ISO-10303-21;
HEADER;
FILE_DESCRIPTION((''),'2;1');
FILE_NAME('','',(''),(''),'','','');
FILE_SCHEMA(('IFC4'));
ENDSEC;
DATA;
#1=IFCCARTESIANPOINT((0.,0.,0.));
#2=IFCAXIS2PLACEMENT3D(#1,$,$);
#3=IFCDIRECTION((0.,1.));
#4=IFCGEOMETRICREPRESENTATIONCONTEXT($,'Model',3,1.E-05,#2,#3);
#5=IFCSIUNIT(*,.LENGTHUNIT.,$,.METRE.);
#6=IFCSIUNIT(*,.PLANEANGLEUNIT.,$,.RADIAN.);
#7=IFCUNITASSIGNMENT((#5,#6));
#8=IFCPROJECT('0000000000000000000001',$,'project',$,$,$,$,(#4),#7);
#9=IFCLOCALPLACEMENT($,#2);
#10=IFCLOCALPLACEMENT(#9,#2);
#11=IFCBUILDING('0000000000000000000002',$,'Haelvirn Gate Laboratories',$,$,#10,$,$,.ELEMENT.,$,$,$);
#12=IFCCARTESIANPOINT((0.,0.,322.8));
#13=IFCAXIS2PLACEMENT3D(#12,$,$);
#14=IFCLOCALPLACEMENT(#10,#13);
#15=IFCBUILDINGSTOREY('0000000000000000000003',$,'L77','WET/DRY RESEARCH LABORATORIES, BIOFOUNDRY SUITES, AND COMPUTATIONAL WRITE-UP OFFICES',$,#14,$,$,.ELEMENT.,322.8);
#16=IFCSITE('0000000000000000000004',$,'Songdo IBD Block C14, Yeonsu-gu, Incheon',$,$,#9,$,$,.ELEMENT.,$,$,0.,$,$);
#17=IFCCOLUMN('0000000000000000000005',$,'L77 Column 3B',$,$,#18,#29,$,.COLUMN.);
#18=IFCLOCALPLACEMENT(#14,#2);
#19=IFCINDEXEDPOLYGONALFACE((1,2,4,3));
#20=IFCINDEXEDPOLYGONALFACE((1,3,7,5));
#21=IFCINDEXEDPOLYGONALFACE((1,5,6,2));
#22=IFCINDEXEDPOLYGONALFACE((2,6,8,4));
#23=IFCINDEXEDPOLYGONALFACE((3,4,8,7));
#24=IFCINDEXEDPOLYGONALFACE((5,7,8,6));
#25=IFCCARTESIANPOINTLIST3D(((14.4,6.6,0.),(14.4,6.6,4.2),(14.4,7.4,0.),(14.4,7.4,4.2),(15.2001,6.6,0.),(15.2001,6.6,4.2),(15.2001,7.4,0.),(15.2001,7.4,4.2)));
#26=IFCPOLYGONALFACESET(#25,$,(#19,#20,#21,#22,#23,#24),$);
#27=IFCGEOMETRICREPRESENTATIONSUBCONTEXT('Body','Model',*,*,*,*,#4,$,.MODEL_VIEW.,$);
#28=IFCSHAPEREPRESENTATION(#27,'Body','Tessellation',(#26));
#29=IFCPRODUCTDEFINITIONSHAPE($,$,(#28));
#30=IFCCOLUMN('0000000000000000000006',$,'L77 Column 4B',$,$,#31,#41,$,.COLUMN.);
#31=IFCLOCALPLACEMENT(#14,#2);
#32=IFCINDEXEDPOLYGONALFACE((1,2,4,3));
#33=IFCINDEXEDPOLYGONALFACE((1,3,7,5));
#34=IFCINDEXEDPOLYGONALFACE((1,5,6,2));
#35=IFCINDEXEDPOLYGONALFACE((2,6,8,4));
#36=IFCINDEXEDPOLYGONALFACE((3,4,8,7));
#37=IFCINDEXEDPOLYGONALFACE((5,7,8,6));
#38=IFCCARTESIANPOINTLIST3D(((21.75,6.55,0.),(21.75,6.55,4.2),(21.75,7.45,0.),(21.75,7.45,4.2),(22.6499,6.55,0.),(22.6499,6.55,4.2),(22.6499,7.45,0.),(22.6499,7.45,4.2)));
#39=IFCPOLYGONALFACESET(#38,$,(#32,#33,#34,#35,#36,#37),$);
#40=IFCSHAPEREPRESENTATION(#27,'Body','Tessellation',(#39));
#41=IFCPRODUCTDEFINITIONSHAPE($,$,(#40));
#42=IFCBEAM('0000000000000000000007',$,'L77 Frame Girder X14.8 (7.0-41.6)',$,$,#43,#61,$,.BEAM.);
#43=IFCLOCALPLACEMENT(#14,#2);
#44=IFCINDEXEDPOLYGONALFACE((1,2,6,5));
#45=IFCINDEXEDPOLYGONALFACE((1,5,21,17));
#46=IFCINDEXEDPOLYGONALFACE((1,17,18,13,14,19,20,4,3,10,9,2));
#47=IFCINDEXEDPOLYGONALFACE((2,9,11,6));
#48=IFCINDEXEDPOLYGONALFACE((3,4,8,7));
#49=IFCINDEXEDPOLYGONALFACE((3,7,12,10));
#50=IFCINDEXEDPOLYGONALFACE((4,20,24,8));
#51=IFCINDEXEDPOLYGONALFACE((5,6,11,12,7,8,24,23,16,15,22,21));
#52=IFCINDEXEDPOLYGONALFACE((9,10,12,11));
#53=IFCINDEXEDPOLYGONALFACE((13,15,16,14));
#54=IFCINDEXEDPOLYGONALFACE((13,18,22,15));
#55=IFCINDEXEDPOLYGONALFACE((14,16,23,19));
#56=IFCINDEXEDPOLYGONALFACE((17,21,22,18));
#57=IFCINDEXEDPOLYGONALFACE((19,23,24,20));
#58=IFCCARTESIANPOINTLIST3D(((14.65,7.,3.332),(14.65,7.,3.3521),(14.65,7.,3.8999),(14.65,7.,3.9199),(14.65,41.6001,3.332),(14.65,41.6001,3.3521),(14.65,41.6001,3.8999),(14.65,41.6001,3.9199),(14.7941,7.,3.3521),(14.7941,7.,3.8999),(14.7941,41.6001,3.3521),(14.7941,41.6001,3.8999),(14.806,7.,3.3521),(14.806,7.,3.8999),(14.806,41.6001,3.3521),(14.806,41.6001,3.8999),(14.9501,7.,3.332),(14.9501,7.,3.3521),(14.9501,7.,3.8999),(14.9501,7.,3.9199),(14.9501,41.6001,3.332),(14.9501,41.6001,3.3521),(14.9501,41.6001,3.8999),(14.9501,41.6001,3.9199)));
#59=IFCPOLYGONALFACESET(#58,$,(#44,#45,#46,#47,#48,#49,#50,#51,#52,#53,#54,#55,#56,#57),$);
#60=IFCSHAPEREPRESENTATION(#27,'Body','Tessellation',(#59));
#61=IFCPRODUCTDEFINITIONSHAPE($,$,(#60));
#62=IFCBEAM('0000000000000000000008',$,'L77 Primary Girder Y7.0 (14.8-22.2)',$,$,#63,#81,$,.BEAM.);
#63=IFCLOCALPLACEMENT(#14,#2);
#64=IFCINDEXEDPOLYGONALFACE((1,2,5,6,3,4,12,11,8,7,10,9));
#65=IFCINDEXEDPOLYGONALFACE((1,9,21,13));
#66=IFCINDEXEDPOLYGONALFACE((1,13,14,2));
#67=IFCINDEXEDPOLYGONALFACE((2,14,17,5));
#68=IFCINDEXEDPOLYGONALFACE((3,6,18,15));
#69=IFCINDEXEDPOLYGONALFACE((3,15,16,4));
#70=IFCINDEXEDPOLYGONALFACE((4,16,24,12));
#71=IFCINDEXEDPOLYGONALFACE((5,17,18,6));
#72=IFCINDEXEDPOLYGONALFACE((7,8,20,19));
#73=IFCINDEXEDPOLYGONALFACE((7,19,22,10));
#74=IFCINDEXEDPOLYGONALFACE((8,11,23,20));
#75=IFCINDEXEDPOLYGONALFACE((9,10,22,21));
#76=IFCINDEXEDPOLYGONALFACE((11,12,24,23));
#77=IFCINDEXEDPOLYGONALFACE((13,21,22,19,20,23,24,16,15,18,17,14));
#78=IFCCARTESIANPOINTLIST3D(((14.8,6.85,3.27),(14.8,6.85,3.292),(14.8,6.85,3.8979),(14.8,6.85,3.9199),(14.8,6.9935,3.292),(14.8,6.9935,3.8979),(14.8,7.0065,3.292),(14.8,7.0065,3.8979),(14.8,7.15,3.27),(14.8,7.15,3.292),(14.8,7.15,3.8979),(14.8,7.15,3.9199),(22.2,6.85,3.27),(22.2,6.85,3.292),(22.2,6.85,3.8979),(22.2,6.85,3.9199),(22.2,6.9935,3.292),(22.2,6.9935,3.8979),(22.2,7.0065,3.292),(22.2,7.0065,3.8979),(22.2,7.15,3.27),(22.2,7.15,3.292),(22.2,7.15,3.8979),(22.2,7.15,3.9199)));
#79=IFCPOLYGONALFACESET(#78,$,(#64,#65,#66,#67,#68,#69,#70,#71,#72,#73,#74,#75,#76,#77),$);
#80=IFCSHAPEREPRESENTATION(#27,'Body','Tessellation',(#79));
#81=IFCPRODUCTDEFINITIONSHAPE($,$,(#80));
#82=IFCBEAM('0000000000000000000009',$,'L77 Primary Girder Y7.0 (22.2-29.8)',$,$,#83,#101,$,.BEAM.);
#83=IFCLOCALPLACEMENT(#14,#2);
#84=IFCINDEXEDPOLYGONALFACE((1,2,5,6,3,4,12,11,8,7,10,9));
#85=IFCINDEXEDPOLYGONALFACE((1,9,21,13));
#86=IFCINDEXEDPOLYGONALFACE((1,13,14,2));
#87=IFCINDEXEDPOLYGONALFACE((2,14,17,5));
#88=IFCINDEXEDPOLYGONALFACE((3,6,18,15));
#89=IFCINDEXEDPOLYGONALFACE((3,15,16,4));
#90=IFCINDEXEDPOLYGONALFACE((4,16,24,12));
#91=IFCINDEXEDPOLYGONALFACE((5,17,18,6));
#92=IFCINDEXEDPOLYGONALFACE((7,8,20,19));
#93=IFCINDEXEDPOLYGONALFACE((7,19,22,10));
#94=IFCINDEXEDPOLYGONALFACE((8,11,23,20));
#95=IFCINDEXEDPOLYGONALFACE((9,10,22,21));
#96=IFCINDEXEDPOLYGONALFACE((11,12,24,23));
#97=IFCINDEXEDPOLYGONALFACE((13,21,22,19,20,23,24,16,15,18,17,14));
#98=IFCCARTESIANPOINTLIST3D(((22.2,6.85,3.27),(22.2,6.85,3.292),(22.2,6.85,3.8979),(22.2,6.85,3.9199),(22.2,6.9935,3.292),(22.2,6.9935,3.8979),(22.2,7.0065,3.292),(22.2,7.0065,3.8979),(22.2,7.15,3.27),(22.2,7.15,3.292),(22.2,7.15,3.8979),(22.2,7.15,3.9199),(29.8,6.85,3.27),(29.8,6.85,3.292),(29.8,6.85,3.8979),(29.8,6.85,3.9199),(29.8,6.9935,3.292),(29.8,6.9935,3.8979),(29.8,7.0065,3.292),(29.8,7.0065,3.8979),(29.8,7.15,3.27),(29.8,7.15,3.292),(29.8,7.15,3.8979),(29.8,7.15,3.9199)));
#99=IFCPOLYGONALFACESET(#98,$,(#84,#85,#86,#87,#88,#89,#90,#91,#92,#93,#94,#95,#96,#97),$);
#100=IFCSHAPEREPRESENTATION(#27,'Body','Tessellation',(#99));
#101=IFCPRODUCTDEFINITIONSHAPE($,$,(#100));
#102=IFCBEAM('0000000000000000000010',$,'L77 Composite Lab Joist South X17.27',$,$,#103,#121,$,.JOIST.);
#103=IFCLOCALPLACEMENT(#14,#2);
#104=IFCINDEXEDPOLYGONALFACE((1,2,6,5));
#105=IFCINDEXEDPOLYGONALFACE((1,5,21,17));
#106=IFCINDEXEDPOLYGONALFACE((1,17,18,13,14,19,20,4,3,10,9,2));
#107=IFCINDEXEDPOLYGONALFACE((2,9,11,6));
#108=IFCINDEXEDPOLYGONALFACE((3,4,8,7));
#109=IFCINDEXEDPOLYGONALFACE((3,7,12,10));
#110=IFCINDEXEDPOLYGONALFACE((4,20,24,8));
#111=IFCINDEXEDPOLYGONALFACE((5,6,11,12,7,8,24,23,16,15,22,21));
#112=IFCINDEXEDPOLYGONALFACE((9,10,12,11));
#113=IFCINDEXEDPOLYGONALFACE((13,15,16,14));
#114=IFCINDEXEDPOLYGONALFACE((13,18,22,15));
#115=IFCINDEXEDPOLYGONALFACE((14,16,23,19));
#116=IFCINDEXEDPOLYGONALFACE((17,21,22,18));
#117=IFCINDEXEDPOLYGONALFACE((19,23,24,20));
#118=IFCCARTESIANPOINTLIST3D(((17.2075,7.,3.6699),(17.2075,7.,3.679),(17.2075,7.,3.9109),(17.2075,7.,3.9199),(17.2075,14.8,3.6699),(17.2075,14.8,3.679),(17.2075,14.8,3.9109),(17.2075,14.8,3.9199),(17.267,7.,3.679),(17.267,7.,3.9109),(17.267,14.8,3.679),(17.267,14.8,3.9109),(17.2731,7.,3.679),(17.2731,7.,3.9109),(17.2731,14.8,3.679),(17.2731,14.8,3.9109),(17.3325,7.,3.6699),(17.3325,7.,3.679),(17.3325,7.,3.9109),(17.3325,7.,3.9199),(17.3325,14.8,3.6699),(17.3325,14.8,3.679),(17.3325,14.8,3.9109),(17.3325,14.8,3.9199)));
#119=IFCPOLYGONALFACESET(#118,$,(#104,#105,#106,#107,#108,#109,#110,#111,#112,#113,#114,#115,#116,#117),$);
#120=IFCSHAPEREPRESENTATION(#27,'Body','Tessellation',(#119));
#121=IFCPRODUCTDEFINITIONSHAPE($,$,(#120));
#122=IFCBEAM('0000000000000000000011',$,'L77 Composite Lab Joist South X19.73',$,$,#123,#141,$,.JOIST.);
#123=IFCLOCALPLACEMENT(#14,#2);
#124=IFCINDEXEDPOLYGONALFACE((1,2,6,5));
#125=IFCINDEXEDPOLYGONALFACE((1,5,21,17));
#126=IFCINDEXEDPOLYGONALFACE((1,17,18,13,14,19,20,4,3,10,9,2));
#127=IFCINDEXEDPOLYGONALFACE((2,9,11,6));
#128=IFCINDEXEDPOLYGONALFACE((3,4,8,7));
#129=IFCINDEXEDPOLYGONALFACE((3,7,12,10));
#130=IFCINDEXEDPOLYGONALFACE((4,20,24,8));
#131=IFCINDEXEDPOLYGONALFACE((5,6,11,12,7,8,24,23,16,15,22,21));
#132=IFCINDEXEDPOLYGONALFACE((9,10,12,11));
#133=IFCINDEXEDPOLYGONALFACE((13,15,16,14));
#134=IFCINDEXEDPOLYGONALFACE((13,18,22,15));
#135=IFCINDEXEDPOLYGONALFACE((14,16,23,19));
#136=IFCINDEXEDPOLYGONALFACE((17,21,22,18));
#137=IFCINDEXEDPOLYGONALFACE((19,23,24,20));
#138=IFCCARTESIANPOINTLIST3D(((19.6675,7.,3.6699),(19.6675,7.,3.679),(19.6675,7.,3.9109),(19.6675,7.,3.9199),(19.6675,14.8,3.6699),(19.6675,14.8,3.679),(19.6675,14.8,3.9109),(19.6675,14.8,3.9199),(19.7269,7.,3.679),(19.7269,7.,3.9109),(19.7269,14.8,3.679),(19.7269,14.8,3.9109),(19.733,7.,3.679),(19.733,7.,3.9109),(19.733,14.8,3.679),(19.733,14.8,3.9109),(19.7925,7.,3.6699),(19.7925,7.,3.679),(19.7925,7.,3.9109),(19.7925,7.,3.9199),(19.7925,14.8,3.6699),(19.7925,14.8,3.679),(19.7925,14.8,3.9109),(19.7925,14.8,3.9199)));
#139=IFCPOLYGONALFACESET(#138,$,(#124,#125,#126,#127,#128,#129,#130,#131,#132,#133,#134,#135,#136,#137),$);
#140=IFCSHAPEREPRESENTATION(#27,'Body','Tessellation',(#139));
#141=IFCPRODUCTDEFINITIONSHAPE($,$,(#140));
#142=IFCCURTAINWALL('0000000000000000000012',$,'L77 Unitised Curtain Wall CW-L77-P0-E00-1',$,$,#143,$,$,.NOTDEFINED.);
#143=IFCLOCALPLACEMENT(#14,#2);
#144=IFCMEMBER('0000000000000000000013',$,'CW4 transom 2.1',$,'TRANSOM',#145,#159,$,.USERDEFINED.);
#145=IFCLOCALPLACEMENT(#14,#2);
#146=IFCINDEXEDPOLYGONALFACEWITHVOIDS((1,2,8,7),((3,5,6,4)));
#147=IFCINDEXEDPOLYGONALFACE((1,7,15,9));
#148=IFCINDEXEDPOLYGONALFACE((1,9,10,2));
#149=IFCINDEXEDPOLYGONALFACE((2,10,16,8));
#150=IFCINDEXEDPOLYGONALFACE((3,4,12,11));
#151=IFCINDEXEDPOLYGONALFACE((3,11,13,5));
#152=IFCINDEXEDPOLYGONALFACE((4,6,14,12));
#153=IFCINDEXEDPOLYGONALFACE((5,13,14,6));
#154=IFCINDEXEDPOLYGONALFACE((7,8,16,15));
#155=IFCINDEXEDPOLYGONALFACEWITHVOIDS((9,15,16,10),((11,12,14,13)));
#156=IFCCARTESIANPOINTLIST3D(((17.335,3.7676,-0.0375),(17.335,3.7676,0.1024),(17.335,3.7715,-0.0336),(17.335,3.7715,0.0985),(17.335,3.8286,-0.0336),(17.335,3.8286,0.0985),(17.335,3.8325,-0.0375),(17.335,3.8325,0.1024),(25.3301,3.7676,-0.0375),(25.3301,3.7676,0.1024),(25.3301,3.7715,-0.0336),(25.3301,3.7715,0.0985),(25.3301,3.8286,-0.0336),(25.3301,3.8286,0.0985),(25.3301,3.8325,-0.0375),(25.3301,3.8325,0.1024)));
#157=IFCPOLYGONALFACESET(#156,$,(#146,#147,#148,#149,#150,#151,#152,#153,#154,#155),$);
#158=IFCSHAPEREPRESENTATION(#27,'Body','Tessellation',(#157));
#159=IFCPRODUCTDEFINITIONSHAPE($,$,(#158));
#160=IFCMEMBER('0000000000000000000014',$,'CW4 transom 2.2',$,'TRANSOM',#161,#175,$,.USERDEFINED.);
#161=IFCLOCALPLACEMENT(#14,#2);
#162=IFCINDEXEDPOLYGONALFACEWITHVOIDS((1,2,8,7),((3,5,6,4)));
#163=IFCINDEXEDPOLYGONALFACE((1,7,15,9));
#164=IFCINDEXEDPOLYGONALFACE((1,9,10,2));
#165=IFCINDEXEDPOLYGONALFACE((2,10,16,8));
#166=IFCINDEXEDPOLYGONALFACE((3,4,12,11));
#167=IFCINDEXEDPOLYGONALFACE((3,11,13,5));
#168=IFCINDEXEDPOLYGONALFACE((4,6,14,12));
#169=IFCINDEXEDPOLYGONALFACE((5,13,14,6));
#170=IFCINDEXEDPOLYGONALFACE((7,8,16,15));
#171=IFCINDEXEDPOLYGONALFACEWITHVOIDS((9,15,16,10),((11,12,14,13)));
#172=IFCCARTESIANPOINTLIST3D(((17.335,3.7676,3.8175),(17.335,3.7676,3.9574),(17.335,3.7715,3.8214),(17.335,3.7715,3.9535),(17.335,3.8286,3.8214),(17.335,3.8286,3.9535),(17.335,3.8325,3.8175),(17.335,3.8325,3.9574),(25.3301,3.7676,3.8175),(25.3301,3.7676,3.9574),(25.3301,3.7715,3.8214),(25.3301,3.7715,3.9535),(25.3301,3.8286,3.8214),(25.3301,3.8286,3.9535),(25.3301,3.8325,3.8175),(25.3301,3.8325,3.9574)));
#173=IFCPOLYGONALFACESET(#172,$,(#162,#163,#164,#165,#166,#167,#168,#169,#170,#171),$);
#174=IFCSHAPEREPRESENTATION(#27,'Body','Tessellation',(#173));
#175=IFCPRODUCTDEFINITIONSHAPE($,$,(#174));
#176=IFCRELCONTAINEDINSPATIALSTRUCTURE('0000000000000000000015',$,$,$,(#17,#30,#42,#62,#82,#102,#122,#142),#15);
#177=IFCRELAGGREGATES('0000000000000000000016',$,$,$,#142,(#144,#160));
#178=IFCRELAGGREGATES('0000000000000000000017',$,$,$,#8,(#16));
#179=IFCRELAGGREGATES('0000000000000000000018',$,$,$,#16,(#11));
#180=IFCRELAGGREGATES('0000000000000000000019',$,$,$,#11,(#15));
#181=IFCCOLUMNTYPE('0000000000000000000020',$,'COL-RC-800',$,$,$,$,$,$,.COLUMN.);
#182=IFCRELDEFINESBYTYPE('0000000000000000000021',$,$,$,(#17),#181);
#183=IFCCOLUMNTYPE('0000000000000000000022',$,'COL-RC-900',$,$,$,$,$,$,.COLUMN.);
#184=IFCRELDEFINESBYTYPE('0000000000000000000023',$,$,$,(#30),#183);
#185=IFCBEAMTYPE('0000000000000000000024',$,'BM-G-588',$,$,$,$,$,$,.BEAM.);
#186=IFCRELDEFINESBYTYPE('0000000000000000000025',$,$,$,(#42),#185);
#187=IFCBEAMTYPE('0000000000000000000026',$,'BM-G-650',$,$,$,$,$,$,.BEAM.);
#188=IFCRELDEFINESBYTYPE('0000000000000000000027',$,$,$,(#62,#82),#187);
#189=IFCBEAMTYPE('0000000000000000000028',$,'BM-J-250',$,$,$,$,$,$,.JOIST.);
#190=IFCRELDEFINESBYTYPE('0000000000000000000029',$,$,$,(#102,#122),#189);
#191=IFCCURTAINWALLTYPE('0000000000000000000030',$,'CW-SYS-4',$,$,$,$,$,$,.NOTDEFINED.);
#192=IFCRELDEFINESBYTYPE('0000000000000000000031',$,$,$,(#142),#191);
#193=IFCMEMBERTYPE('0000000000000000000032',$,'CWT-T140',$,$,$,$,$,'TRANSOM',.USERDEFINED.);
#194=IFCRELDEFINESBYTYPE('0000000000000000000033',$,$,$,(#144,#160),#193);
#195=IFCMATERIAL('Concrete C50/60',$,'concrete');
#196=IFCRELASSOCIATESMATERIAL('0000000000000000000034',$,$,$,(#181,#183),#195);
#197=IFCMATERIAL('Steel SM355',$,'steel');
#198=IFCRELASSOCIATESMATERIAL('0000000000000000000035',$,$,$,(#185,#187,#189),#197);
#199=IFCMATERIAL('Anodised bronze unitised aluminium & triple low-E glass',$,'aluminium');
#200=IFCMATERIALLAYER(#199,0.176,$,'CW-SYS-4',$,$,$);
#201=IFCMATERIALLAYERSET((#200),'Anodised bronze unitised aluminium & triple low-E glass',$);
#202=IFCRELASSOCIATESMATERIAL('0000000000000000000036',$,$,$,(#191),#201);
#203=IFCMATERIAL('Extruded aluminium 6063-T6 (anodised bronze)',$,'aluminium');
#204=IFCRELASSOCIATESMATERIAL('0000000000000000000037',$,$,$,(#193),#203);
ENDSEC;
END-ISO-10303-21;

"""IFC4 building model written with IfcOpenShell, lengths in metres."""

from ifc_helpers import new_model, si_unit, direction, frame, origin, origin_2d, place, context, subcontext, project, spatial, rectangle, hollow_rectangle, i_section, extrude, source, transform, mapped, material, layer, layer_set, material_profile, profile_set, type_object, type_shapes, element, aggregate, save


model = new_model("IFC4")

# Units and contexts
model_context = context("Model", 3, precision=1e-05, world=origin(), true_north=direction((0.0, 1.0)))
body_context = subcontext(model_context, "Body", "Model", "MODEL_VIEW")
ifc_project = project(units=[si_unit("LENGTHUNIT", "METRE"), si_unit("PLANEANGLEUNIT", "RADIAN")], contexts=[model_context])

# Site, building, storey
site_placement = place(None, origin())
site = spatial("IfcSite", under=ifc_project, at=site_placement, Name="Songdo IBD Block C14, Yeonsu-gu, Incheon", CompositionType="ELEMENT", RefElevation=0.0)
building_placement = place(site_placement, origin())
building = spatial("IfcBuilding", under=site, at=building_placement, Name="Haelvirn Gate Laboratories", CompositionType="ELEMENT")
storey_placement = place(building_placement, frame((0.0, 0.0, 322.8)))
storey = spatial("IfcBuildingStorey", under=building, at=storey_placement, Name="L77", Description="WET/DRY RESEARCH LABORATORIES, BIOFOUNDRY SUITES, AND COMPUTATIONAL WRITE-UP OFFICES", CompositionType="ELEMENT", Elevation=322.8)

# Columns
ifc_material_1 = material(Name="Concrete C50/60", Category="concrete")
ifc_material_profile_1 = material_profile(ifc_material_1, rectangle(XDim=0.8, YDim=0.8, at=origin_2d()), Name="RC-800x800")
ifc_profile_set_1 = profile_set([ifc_material_profile_1], Name="Concrete C50/60")
column_type_1 = type_object("IfcColumnType", Name="COL-RC-800", PredefinedType="COLUMN", material=ifc_profile_set_1)
shared_shape_1 = source(origin(), body_context, "Body", "SweptSolid", [
    extrude(rectangle(XDim=0.8, YDim=0.8, at=origin_2d()), origin(), (0.0, 0.0, 1.0), 4.2),
])
type_shapes(column_type_1, [shared_shape_1])
column_1_placement = place(storey_placement, frame((14.8, 7.0, 0.0), z_axis=(0.0, 0.0, 1.0), x_axis=(1.0, 0.0, 0.0)))
element("IfcColumn", 1, at=column_1_placement, inside=storey, type_object=column_type_1, Name="L77 Column 3B", PredefinedType="COLUMN", context=body_context, shape_type="MappedRepresentation", body=[
    mapped(shared_shape_1, transform((0.0, 0.0, 0.0), scale=1.0)),
])
ifc_material_profile_2 = material_profile(ifc_material_1, rectangle(XDim=0.8999, YDim=0.8999, at=origin_2d()), Name="RC-900x900")
ifc_profile_set_2 = profile_set([ifc_material_profile_2], Name="Concrete C50/60")
column_type_2 = type_object("IfcColumnType", Name="COL-RC-900", PredefinedType="COLUMN", material=ifc_profile_set_2)
shared_shape_2 = source(origin(), body_context, "Body", "SweptSolid", [
    extrude(rectangle(XDim=0.8999, YDim=0.8999, at=origin_2d()), origin(), (0.0, 0.0, 1.0), 4.2),
])
type_shapes(column_type_2, [shared_shape_2])
column_2_placement = place(storey_placement, frame((22.2, 7.0, 0.0), z_axis=(0.0, 0.0, 1.0), x_axis=(1.0, 0.0, 0.0)))
element("IfcColumn", 2, at=column_2_placement, inside=storey, type_object=column_type_2, Name="L77 Column 4B", PredefinedType="COLUMN", context=body_context, shape_type="MappedRepresentation", body=[
    mapped(shared_shape_2, transform((0.0, 0.0, 0.0), scale=1.0)),
])

# Beams
ifc_material_2 = material(Name="Steel SM355", Category="steel")
ifc_material_profile_3 = material_profile(ifc_material_2, i_section(OverallWidth=0.3, OverallDepth=0.5879, WebThickness=0.012, FlangeThickness=0.02, at=origin_2d()), Name="H-588x300x12x20")
ifc_profile_set_3 = profile_set([ifc_material_profile_3], Name="Steel SM355")
beam_type_1 = type_object("IfcBeamType", Name="BM-G-588", PredefinedType="BEAM", material=ifc_profile_set_3)
shared_shape_3 = source(origin(), body_context, "Body", "SweptSolid", [
    extrude(i_section(OverallWidth=0.3, OverallDepth=0.5879, WebThickness=0.012, FlangeThickness=0.02, at=origin_2d()), origin(), (0.0, 0.0, 1.0), 34.6001),
])
type_shapes(beam_type_1, [shared_shape_3])
beam_1_placement = place(storey_placement, frame((14.8, 7.0, 3.626), z_axis=(0.0, 1.0, 0.0), x_axis=(-1.0, 0.0, 0.0)))
element("IfcBeam", 3, at=beam_1_placement, inside=storey, type_object=beam_type_1, Name="L77 Frame Girder X14.8 (7.0-41.6)", PredefinedType="BEAM", context=body_context, shape_type="MappedRepresentation", body=[
    mapped(shared_shape_3, transform((0.0, 0.0, 0.0), scale=1.0)),
])
ifc_material_profile_4 = material_profile(ifc_material_2, i_section(OverallWidth=0.3, OverallDepth=0.6499, WebThickness=0.0129, FlangeThickness=0.022, at=origin_2d()), Name="H-650x300x13x22")
ifc_profile_set_4 = profile_set([ifc_material_profile_4], Name="Steel SM355")
beam_type_2 = type_object("IfcBeamType", Name="BM-G-650", PredefinedType="BEAM", material=ifc_profile_set_4)
shared_shape_4 = source(origin(), body_context, "Body", "SweptSolid", [
    extrude(i_section(OverallWidth=0.3, OverallDepth=0.6499, WebThickness=0.0129, FlangeThickness=0.022, at=origin_2d()), origin(), (0.0, 0.0, 1.0), 7.3999),
])
beam_2_placement = place(storey_placement, frame((14.8, 7.0, 3.595), z_axis=(1.0, 0.0, 0.0), x_axis=(0.0, 1.0, 0.0)))
element("IfcBeam", 4, at=beam_2_placement, inside=storey, type_object=beam_type_2, Name="L77 Primary Girder Y7.0 (14.8-22.2)", PredefinedType="BEAM", context=body_context, shape_type="MappedRepresentation", body=[
    mapped(shared_shape_4, transform((0.0, 0.0, 0.0), scale=1.0)),
])
shared_shape_5 = source(origin(), body_context, "Body", "SweptSolid", [
    extrude(i_section(OverallWidth=0.3, OverallDepth=0.6499, WebThickness=0.0129, FlangeThickness=0.022, at=origin_2d()), origin(), (0.0, 0.0, 1.0), 7.6001),
])
type_shapes(beam_type_2, [shared_shape_4, shared_shape_5])
beam_3_placement = place(storey_placement, frame((22.2, 7.0, 3.595), z_axis=(1.0, 0.0, 0.0), x_axis=(0.0, 1.0, 0.0)))
element("IfcBeam", 5, at=beam_3_placement, inside=storey, type_object=beam_type_2, Name="L77 Primary Girder Y7.0 (22.2-29.8)", PredefinedType="BEAM", context=body_context, shape_type="MappedRepresentation", body=[
    mapped(shared_shape_5, transform((0.0, 0.0, 0.0), scale=1.0)),
])
ifc_material_profile_5 = material_profile(ifc_material_2, i_section(OverallWidth=0.125, OverallDepth=0.25, WebThickness=0.0061, FlangeThickness=0.009, at=origin_2d()), Name="H-250x125x6x9")
ifc_profile_set_5 = profile_set([ifc_material_profile_5], Name="Steel SM355")
beam_type_3 = type_object("IfcBeamType", Name="BM-J-250", PredefinedType="JOIST", material=ifc_profile_set_5)
shared_shape_6 = source(origin(), body_context, "Body", "SweptSolid", [
    extrude(i_section(OverallWidth=0.125, OverallDepth=0.25, WebThickness=0.0061, FlangeThickness=0.009, at=origin_2d()), origin(), (0.0, 0.0, 1.0), 7.8),
])
type_shapes(beam_type_3, [shared_shape_6])
for number, where, z_axis, x_axis, name in (
    (6, (17.27, 7.0, 3.7949), (0.0, 1.0, 0.0), (-1.0, 0.0, 0.0), "L77 Composite Lab Joist South X17.27"),
    (7, (19.73, 7.0, 3.7949), (0.0, 1.0, 0.0), (-1.0, 0.0, 0.0), "L77 Composite Lab Joist South X19.73"),
):
    element("IfcBeam", number, at=place(storey_placement, frame(where, z_axis=z_axis, x_axis=x_axis)), inside=storey, type_object=beam_type_3, Name=name, PredefinedType="JOIST", context=body_context, shape_type="MappedRepresentation", body=[
        mapped(shared_shape_6, transform((0.0, 0.0, 0.0), scale=1.0)),
    ])

# Curtain wall, members
ifc_material_3 = material(Name="Anodised bronze unitised aluminium & triple low-E glass", Category="aluminium")
ifc_layer_1 = layer(ifc_material_3, 0.176, Name="CW-SYS-4")
ifc_layer_set_1 = layer_set([ifc_layer_1], Name="Anodised bronze unitised aluminium & triple low-E glass")
curtain_wall_type_1 = type_object("IfcCurtainWallType", Name="CW-SYS-4", PredefinedType="NOTDEFINED", material=ifc_layer_set_1)
curtain_wall_1_placement = place(storey_placement, origin())
curtain_wall_1 = element("IfcCurtainWall", 8, at=curtain_wall_1_placement, inside=storey, type_object=curtain_wall_type_1, Name="L77 Unitised Curtain Wall CW-L77-P0-E00-1", PredefinedType="NOTDEFINED")
ifc_material_4 = material(Name="Extruded aluminium 6063-T6 (anodised bronze)", Category="aluminium")
ifc_material_profile_6 = material_profile(ifc_material_4, hollow_rectangle(XDim=0.0649, YDim=0.1399, WallThickness=0.0039, at=origin_2d()), Name="CWT-140x65x4")
ifc_profile_set_6 = profile_set([ifc_material_profile_6], Name="Extruded aluminium 6063-T6 (anodised bronze)")
member_type_1 = type_object("IfcMemberType", Name="CWT-T140", ElementType="TRANSOM", PredefinedType="USERDEFINED", material=ifc_profile_set_6)
shared_shape_7 = source(origin(), body_context, "Body", "SweptSolid", [
    extrude(hollow_rectangle(XDim=0.0649, YDim=0.1399, WallThickness=0.0039, at=origin_2d()), origin(), (0.0, 0.0, 1.0), 7.9951),
])
member_1_placement = place(storey_placement, frame((17.335, 3.8, 0.0325), z_axis=(1.0, 0.0, 0.0), x_axis=(0.0, 1.0, 0.0)))
member_1 = element("IfcMember", 9, at=member_1_placement, type_object=member_type_1, Name="CW4 transom 2.1", ObjectType="TRANSOM", PredefinedType="USERDEFINED", context=body_context, shape_type="MappedRepresentation", body=[
    mapped(shared_shape_7, transform((0.0, 0.0, 0.0), scale=1.0)),
])
member_2_placement = place(storey_placement, frame((17.335, 3.8, 3.8875), z_axis=(1.0, 0.0, 0.0), x_axis=(0.0, 1.0, 0.0)))
member_2 = element("IfcMember", 10, at=member_2_placement, type_object=member_type_1, Name="CW4 transom 2.2", ObjectType="TRANSOM", PredefinedType="USERDEFINED", context=body_context, shape_type="MappedRepresentation", body=[
    mapped(shared_shape_7, transform((0.0, 0.0, 0.0), scale=1.0)),
])

aggregate(curtain_wall_1, [member_1, member_2])

save(model, "model.ifc")
